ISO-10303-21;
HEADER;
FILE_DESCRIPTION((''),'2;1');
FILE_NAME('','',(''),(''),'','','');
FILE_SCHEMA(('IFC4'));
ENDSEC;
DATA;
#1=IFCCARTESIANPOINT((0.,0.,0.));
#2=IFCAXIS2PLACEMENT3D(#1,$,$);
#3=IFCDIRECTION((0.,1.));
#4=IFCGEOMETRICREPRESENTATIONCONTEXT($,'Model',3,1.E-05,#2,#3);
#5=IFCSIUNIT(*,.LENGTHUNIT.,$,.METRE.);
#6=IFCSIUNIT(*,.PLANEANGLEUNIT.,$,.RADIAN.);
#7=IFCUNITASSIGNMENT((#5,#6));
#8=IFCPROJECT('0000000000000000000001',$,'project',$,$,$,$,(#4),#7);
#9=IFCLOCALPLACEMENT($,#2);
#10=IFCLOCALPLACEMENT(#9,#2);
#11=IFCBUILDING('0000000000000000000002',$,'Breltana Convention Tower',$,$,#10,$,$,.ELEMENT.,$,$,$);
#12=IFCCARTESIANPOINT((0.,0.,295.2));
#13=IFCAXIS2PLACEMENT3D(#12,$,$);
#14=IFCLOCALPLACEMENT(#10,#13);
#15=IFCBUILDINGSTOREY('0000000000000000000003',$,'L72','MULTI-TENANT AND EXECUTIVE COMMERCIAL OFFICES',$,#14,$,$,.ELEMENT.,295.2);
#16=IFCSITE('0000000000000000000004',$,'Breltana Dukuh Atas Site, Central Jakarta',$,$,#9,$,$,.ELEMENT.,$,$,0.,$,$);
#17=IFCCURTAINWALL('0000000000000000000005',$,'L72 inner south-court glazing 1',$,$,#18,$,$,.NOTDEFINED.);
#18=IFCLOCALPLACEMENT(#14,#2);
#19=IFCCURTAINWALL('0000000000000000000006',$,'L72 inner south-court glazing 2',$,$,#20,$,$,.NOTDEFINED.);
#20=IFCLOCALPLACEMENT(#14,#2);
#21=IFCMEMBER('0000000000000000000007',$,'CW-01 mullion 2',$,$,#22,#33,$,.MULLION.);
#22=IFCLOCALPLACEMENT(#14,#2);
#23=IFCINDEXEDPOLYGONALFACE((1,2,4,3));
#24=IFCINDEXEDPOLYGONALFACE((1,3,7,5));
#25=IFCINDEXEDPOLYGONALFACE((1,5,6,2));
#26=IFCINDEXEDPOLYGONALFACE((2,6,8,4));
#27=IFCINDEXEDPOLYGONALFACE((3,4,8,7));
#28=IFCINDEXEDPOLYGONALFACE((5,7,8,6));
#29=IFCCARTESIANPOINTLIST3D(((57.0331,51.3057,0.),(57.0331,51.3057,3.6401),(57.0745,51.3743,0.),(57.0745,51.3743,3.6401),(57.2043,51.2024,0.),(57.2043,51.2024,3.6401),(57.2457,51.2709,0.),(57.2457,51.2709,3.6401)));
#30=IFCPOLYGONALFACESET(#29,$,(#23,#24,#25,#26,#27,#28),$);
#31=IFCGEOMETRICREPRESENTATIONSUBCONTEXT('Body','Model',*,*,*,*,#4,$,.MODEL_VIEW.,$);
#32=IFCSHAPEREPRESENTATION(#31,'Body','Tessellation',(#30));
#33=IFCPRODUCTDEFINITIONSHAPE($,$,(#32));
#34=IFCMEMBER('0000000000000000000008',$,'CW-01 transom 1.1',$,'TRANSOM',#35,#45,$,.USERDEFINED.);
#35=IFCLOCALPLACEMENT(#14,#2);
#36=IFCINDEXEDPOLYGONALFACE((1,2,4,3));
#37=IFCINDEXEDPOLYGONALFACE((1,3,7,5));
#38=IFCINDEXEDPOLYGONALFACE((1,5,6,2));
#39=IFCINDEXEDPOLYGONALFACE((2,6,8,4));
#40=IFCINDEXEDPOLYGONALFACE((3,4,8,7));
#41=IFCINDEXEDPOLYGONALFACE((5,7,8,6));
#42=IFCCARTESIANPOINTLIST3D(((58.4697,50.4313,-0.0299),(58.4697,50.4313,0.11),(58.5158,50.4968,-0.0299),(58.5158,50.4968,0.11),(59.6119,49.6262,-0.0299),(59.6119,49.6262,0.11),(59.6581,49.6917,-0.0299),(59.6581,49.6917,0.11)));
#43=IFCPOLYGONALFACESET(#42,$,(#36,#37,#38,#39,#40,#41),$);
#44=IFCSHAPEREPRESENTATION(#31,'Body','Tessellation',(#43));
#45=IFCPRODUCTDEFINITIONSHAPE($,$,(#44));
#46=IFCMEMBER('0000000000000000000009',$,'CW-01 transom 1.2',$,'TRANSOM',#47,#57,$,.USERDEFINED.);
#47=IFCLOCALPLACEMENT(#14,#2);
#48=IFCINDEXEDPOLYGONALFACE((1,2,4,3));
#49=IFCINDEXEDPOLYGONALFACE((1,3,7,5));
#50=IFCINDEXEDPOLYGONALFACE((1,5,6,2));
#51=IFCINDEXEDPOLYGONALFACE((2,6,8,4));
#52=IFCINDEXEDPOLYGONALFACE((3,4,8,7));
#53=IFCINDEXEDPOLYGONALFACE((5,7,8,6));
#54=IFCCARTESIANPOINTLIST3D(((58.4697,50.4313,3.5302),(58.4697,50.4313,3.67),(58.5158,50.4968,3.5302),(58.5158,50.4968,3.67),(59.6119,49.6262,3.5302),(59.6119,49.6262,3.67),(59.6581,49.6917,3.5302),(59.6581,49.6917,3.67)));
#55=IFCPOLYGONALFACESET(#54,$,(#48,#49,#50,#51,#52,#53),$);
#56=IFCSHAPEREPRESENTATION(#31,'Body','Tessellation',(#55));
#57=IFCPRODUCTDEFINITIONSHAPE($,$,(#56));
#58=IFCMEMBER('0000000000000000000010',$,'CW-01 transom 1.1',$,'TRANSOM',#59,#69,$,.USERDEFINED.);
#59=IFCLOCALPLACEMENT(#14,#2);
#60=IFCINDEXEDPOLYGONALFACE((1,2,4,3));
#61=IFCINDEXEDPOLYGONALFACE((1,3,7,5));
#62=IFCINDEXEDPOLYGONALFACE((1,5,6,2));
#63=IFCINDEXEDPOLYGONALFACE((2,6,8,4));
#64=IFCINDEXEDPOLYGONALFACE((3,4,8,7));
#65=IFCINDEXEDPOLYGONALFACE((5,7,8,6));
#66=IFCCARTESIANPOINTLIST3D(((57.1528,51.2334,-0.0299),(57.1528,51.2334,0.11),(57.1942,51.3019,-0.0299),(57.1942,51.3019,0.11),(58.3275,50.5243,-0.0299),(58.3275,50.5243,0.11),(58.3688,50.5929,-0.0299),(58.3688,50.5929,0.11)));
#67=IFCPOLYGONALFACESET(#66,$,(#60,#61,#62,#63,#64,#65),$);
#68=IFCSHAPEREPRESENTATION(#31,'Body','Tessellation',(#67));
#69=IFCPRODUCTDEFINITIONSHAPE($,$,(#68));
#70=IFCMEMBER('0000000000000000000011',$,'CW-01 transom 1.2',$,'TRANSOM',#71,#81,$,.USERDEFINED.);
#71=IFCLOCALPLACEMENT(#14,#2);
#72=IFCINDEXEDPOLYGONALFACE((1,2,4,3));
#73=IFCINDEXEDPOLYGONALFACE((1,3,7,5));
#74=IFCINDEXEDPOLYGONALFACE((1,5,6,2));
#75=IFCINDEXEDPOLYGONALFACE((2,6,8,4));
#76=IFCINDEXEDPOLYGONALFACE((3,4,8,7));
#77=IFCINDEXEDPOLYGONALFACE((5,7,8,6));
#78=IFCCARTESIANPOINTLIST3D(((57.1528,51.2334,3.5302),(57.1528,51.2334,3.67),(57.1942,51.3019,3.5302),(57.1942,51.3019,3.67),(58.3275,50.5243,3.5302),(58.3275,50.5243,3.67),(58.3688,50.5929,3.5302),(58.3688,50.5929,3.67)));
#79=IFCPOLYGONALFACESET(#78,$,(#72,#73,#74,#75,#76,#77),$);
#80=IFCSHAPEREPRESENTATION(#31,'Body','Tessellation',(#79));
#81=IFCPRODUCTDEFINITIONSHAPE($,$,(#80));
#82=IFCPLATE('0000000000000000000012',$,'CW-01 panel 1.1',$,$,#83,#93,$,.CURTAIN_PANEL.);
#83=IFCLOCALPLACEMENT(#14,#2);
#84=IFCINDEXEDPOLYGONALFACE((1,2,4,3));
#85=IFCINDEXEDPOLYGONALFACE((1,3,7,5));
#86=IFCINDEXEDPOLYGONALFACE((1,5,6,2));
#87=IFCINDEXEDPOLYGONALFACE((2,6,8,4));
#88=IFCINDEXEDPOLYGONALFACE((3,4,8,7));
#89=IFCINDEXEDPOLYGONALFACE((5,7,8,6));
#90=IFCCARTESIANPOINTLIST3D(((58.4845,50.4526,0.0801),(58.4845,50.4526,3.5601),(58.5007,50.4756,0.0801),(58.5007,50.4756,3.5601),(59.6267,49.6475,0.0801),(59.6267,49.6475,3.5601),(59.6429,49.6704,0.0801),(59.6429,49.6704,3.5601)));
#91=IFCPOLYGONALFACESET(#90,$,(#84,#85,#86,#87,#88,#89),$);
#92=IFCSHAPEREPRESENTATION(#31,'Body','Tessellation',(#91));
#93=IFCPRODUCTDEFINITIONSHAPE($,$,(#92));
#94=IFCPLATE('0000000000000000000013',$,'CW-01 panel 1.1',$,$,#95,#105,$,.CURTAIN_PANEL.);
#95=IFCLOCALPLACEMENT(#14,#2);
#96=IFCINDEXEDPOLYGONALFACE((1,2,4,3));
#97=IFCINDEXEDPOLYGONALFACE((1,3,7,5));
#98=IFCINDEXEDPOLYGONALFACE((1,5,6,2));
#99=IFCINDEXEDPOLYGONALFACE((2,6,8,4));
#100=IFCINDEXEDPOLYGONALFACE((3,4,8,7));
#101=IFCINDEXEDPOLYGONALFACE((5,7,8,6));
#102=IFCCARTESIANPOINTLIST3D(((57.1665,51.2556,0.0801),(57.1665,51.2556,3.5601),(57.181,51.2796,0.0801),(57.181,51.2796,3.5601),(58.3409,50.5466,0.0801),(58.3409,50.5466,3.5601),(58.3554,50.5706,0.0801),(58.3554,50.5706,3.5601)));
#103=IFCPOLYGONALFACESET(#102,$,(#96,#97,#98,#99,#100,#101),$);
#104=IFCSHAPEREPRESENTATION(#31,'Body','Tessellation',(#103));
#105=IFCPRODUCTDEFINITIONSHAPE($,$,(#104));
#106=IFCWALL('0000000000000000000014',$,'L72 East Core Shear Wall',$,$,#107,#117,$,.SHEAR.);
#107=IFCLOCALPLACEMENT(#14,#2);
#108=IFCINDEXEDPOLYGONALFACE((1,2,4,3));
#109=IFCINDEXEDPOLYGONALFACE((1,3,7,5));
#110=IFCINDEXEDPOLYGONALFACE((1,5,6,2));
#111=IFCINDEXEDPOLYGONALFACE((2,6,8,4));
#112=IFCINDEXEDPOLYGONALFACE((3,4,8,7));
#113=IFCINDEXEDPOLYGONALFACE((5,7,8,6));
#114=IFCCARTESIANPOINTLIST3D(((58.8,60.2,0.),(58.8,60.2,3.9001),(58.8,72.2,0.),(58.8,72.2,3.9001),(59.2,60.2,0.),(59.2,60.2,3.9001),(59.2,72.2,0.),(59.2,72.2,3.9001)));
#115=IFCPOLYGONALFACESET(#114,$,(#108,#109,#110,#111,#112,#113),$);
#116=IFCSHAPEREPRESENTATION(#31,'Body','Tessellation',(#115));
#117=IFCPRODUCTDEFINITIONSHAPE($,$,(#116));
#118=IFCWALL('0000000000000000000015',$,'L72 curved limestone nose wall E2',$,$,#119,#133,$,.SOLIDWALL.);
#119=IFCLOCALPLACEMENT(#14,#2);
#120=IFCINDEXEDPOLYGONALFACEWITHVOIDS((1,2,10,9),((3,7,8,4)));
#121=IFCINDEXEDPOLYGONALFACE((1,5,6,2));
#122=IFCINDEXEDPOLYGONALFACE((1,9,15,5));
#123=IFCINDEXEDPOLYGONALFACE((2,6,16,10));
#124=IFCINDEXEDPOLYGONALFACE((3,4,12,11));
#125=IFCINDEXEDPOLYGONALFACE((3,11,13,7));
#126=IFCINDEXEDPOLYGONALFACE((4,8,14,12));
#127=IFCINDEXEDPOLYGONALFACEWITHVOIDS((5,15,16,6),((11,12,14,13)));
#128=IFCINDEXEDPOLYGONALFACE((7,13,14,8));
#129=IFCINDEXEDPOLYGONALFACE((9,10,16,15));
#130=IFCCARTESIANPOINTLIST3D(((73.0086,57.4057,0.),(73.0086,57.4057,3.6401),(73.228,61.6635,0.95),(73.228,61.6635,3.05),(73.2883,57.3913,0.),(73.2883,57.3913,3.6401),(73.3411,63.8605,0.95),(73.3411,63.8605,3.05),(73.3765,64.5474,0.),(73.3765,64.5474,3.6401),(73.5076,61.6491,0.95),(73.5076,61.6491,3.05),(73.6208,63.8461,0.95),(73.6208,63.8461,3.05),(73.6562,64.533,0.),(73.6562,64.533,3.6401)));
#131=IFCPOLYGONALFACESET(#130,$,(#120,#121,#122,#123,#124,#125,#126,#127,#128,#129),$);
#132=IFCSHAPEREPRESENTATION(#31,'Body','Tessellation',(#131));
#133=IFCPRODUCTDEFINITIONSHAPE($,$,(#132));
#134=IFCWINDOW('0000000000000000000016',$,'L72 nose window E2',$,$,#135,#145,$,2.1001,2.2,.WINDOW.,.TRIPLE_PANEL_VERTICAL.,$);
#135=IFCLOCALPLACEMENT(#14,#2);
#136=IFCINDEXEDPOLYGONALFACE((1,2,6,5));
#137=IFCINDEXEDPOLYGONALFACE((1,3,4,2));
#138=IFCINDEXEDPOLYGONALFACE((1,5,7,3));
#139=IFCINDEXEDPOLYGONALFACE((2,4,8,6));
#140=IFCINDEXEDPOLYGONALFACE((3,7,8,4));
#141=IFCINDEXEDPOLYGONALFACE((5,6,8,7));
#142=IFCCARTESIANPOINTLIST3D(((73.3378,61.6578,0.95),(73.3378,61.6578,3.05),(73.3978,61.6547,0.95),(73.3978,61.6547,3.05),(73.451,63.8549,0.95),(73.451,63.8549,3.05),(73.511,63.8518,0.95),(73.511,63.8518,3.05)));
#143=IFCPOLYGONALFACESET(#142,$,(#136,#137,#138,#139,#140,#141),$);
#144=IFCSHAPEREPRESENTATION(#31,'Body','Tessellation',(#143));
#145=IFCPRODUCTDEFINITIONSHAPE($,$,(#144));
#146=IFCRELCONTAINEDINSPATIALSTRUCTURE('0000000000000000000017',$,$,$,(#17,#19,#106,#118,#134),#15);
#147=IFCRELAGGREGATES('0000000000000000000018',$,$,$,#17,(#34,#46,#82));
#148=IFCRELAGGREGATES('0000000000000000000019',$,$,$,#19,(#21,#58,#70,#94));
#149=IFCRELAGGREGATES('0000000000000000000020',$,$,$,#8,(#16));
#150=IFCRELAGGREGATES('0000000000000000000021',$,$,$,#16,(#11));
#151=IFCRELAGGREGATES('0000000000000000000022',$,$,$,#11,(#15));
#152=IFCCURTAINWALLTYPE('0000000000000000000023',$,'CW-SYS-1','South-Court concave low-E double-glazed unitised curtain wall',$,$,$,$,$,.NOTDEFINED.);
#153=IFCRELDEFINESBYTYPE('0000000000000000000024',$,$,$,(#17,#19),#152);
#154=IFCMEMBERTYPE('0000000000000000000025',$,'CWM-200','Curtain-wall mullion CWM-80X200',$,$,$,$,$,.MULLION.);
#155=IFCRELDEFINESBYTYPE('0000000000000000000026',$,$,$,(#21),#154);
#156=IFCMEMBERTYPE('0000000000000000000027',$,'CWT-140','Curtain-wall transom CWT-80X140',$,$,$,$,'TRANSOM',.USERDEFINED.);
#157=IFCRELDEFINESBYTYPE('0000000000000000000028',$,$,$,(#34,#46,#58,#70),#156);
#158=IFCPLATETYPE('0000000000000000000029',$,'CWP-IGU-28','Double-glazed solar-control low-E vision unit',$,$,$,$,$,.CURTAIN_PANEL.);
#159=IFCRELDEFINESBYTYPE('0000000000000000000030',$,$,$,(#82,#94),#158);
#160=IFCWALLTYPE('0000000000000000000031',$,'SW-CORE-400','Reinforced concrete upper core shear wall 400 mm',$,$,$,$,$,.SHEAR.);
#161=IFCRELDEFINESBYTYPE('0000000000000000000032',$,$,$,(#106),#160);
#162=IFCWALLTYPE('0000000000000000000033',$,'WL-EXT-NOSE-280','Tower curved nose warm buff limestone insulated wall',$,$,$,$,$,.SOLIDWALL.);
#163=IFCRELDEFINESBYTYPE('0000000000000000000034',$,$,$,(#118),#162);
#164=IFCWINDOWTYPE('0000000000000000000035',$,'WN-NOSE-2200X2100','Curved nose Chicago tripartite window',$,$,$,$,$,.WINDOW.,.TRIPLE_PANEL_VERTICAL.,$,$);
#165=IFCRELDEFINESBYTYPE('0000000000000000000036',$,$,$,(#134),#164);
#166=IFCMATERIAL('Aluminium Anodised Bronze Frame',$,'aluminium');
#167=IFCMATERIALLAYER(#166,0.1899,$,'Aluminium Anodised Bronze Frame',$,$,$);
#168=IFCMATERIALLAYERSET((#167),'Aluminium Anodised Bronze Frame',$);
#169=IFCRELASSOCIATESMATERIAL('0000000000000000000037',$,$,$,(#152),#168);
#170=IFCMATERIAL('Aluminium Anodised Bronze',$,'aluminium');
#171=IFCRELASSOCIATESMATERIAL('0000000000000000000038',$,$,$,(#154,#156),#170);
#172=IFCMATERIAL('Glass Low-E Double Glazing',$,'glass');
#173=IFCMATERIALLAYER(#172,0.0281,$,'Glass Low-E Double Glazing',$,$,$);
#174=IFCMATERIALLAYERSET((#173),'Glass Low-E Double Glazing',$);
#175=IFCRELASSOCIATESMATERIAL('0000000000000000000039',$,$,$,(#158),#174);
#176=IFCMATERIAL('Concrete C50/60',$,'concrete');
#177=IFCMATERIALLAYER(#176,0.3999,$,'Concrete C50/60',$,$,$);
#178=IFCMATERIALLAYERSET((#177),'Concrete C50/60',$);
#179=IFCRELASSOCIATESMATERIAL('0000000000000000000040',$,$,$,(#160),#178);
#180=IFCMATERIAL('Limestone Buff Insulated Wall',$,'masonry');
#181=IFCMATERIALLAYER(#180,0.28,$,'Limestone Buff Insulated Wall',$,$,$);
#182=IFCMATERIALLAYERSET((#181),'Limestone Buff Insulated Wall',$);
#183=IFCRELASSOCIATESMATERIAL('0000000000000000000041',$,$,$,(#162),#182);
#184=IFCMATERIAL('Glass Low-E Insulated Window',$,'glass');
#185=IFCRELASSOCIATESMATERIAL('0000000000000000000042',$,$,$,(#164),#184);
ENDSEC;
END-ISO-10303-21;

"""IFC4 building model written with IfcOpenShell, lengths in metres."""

from ifc_helpers import new_model, si_unit, direction, frame, frame_2d, origin, origin_2d, place, context, subcontext, project, spatial, rectangle, extrude, source, transform, mapped, material, layer, layer_set, material_profile, profile_set, type_object, type_shapes, element, fill, aggregate, save


model = new_model("IFC4")

# Units and contexts
model_context = context("Model", 3, precision=1e-05, world=origin(), true_north=direction((0.0, 1.0)))
body_context = subcontext(model_context, "Body", "Model", "MODEL_VIEW")
ifc_project = project(units=[si_unit("LENGTHUNIT", "METRE"), si_unit("PLANEANGLEUNIT", "RADIAN")], contexts=[model_context])

# Site, building, storey
site_placement = place(None, origin())
site = spatial("IfcSite", under=ifc_project, at=site_placement, Name="Breltana Dukuh Atas Site, Central Jakarta", CompositionType="ELEMENT", RefElevation=0.0)
building_placement = place(site_placement, origin())
building = spatial("IfcBuilding", under=site, at=building_placement, Name="Breltana Convention Tower", CompositionType="ELEMENT")
storey_placement = place(building_placement, frame((0.0, 0.0, 295.2)))
storey = spatial("IfcBuildingStorey", under=building, at=storey_placement, Name="L72", Description="MULTI-TENANT AND EXECUTIVE COMMERCIAL OFFICES", CompositionType="ELEMENT", Elevation=295.2)

# Curtain walls, member
ifc_material_1 = material(Name="Aluminium Anodised Bronze Frame", Category="aluminium")
ifc_layer_1 = layer(ifc_material_1, 0.1899, Name="Aluminium Anodised Bronze Frame")
ifc_layer_set_1 = layer_set([ifc_layer_1], Name="Aluminium Anodised Bronze Frame")
curtain_wall_type = type_object("IfcCurtainWallType", Name="CW-SYS-1", Description="South-Court concave low-E double-glazed unitised curtain wall", PredefinedType="NOTDEFINED", material=ifc_layer_set_1)
curtain_wall_1_placement = place(storey_placement, origin())
curtain_wall_1 = element("IfcCurtainWall", 1, at=curtain_wall_1_placement, inside=storey, type_object=curtain_wall_type, Name="L72 inner south-court glazing 1", PredefinedType="NOTDEFINED")
ifc_material_2 = material(Name="Aluminium Anodised Bronze", Category="aluminium")
ifc_material_profile_1 = material_profile(ifc_material_2, rectangle(XDim=0.0801, YDim=0.2, at=origin_2d()), Name="CWM-80X200")
ifc_profile_set_1 = profile_set([ifc_material_profile_1], Name="Aluminium Anodised Bronze")
member_type_1 = type_object("IfcMemberType", Name="CWM-200", Description="Curtain-wall mullion CWM-80X200", PredefinedType="MULLION", material=ifc_profile_set_1)
shared_shape_1 = source(origin(), body_context, "Body", "SweptSolid", [
    extrude(rectangle(XDim=0.0801, YDim=0.2, at=origin_2d()), origin(), (0.0, 0.0, 1.0), 3.6401),
])
curtain_wall_2_placement = place(storey_placement, origin())
curtain_wall_2 = element("IfcCurtainWall", 2, at=curtain_wall_2_placement, inside=storey, type_object=curtain_wall_type, Name="L72 inner south-court glazing 2", PredefinedType="NOTDEFINED")
member_1_placement = place(storey_placement, frame((57.1394, 51.2883, 0.0), z_axis=(0.0, 0.0, 1.0), x_axis=(-0.516827, -0.85609, 0.0)))
member_1 = element("IfcMember", 3, at=member_1_placement, type_object=member_type_1, Name="CW-01 mullion 2", PredefinedType="MULLION", context=body_context, shape_type="MappedRepresentation", body=[
    mapped(shared_shape_1, transform((0.0, 0.0, 0.0), scale=1.0)),
])

# Members
ifc_material_profile_2 = material_profile(ifc_material_2, rectangle(XDim=0.0801, YDim=0.1399, at=origin_2d()), Name="CWT-80X140")
ifc_profile_set_2 = profile_set([ifc_material_profile_2], Name="Aluminium Anodised Bronze")
member_type_2 = type_object("IfcMemberType", Name="CWT-140", Description="Curtain-wall transom CWT-80X140", ElementType="TRANSOM", PredefinedType="USERDEFINED", material=ifc_profile_set_2)
shared_shape_2 = source(origin(), body_context, "Body", "SweptSolid", [
    extrude(rectangle(XDim=0.0801, YDim=0.1399, at=origin_2d()), origin(), (0.0, 0.0, 1.0), 1.3975),
])
member_2_placement = place(storey_placement, frame((59.635, 49.6589, 0.04), z_axis=(-0.817365, 0.576121, 0.0), x_axis=(-0.576121, -0.817365, 0.0)))
member_2 = element("IfcMember", 4, at=member_2_placement, type_object=member_type_2, Name="CW-01 transom 1.1", ObjectType="TRANSOM", PredefinedType="USERDEFINED", context=body_context, shape_type="MappedRepresentation", body=[
    mapped(shared_shape_2, transform((0.0, 0.0, 0.0), scale=1.0)),
])
member_3_placement = place(storey_placement, frame((59.635, 49.6589, 3.6001), z_axis=(-0.817365, 0.576121, 0.0), x_axis=(-0.576121, -0.817365, 0.0)))
member_3 = element("IfcMember", 5, at=member_3_placement, type_object=member_type_2, Name="CW-01 transom 1.2", ObjectType="TRANSOM", PredefinedType="USERDEFINED", context=body_context, shape_type="MappedRepresentation", body=[
    mapped(shared_shape_2, transform((0.0, 0.0, 0.0), scale=1.0)),
])
shared_shape_3 = source(origin(), body_context, "Body", "SweptSolid", [
    extrude(rectangle(XDim=0.0801, YDim=0.1399, at=origin_2d()), origin(), (0.0, 0.0, 1.0), 1.3721),
])
member_4_placement = place(storey_placement, frame((58.3481, 50.5586, 0.04), z_axis=(-0.856124, 0.516771, 0.0), x_axis=(-0.516771, -0.856124, 0.0)))
member_4 = element("IfcMember", 6, at=member_4_placement, type_object=member_type_2, Name="CW-01 transom 1.1", ObjectType="TRANSOM", PredefinedType="USERDEFINED", context=body_context, shape_type="MappedRepresentation", body=[
    mapped(shared_shape_3, transform((0.0, 0.0, 0.0), scale=1.0)),
])
member_5_placement = place(storey_placement, frame((58.3481, 50.5586, 3.6001), z_axis=(-0.856124, 0.516771, 0.0), x_axis=(-0.516771, -0.856124, 0.0)))
member_5 = element("IfcMember", 7, at=member_5_placement, type_object=member_type_2, Name="CW-01 transom 1.2", ObjectType="TRANSOM", PredefinedType="USERDEFINED", context=body_context, shape_type="MappedRepresentation", body=[
    mapped(shared_shape_3, transform((0.0, 0.0, 0.0), scale=1.0)),
])

# Plates
ifc_material_3 = material(Name="Glass Low-E Double Glazing", Category="glass")
ifc_layer_2 = layer(ifc_material_3, 0.0281, Name="Glass Low-E Double Glazing")
ifc_layer_set_2 = layer_set([ifc_layer_2], Name="Glass Low-E Double Glazing")
plate_type = type_object("IfcPlateType", Name="CWP-IGU-28", Description="Double-glazed solar-control low-E vision unit", PredefinedType="CURTAIN_PANEL", material=ifc_layer_set_2)
shared_shape_4 = source(origin(), body_context, "Body", "SweptSolid", [
    extrude(rectangle(XDim=1.3975, YDim=0.0281, at=origin_2d()), origin(), (0.0, 0.0, 1.0), 3.48),
])
plate_1_placement = place(storey_placement, frame((59.0637, 50.0615, 0.0801), z_axis=(0.0, 0.0, 1.0), x_axis=(-0.817327, 0.576174, 0.0)))
plate_1 = element("IfcPlate", 8, at=plate_1_placement, type_object=plate_type, Name="CW-01 panel 1.1", PredefinedType="CURTAIN_PANEL", context=body_context, shape_type="MappedRepresentation", body=[
    mapped(shared_shape_4, transform((0.0, 0.0, 0.0), scale=1.0)),
])
aggregate(curtain_wall_1, [member_2, member_3, plate_1])
shared_shape_5 = source(origin(), body_context, "Body", "SweptSolid", [
    extrude(rectangle(XDim=1.3718, YDim=0.0281, at=origin_2d()), origin(), (0.0, 0.0, 1.0), 3.48),
])
plate_2_placement = place(storey_placement, frame((57.761, 50.9131, 0.0801), z_axis=(0.0, 0.0, 1.0), x_axis=(-0.85609, 0.516827, 0.0)))
plate_2 = element("IfcPlate", 9, at=plate_2_placement, type_object=plate_type, Name="CW-01 panel 1.1", PredefinedType="CURTAIN_PANEL", context=body_context, shape_type="MappedRepresentation", body=[
    mapped(shared_shape_5, transform((0.0, 0.0, 0.0), scale=1.0)),
])
aggregate(curtain_wall_2, [member_1, member_4, member_5, plate_2])

# Wall
ifc_material_4 = material(Name="Concrete C50/60", Category="concrete")
ifc_layer_3 = layer(ifc_material_4, 0.3999, Name="Concrete C50/60")
ifc_layer_set_3 = layer_set([ifc_layer_3], Name="Concrete C50/60")
wall_type_1 = type_object("IfcWallType", Name="SW-CORE-400", Description="Reinforced concrete upper core shear wall 400 mm", PredefinedType="SHEAR", material=ifc_layer_set_3)
shared_shape_6 = source(origin(), body_context, "Body", "SweptSolid", [
    extrude(rectangle(XDim=12.0, YDim=0.3999, at=frame_2d((6.0, 0.0))), origin(), (0.0, 0.0, 1.0), 3.9001),
])
wall_1_placement = place(storey_placement, frame((59.0, 60.2, 0.0), z_axis=(0.0, 0.0, 1.0), x_axis=(0.0, 1.0, 0.0)))
element("IfcWall", 10, at=wall_1_placement, inside=storey, type_object=wall_type_1, Name="L72 East Core Shear Wall", PredefinedType="SHEAR", context=body_context, shape_type="MappedRepresentation", body=[
    mapped(shared_shape_6, transform((0.0, 0.0, 0.0), scale=1.0)),
])

# Wall, opening, window
ifc_material_5 = material(Name="Limestone Buff Insulated Wall", Category="masonry")
ifc_layer_4 = layer(ifc_material_5, 0.28, Name="Limestone Buff Insulated Wall")
ifc_layer_set_4 = layer_set([ifc_layer_4], Name="Limestone Buff Insulated Wall")
wall_type_2 = type_object("IfcWallType", Name="WL-EXT-NOSE-280", Description="Tower curved nose warm buff limestone insulated wall", PredefinedType="SOLIDWALL", material=ifc_layer_set_4)
shared_shape_7 = source(origin(), body_context, "Body", "SweptSolid", [
    extrude(rectangle(XDim=7.1511, YDim=0.28, at=frame_2d((3.5757, 0.0))), origin(), (0.0, 0.0, 1.0), 3.6401),
])
wall_2_placement = place(storey_placement, frame((73.5164, 64.5403, 0.0), z_axis=(0.0, 0.0, 1.0), x_axis=(-0.05145, -0.998676, 0.0)))
wall_2 = element("IfcWall", 11, at=wall_2_placement, inside=storey, type_object=wall_type_2, Name="L72 curved limestone nose wall E2", PredefinedType="SOLIDWALL", context=body_context, shape_type="MappedRepresentation", body=[
    mapped(shared_shape_7, transform((0.0, 0.0, 0.0), scale=1.0)),
])
opening_1_placement = place(wall_2_placement, frame((0.6877, 0.0, 0.95)))
opening_1 = element("IfcOpeningElement", 12, at=opening_1_placement, cuts=wall_2, PredefinedType="OPENING", context=body_context, shape_type="SweptSolid", body=[
    extrude(rectangle(XDim=2.2, YDim=2.1001, at=frame_2d((1.1001, 1.05))), frame((0.0, 0.1499, 0.0), z_axis=(0.0, -1.0, 0.0), x_axis=(1.0, 0.0, 0.0)), (0.0, 0.0, 1.0), 0.3),
])
ifc_material_6 = material(Name="Glass Low-E Insulated Window", Category="glass")
window_type = type_object("IfcWindowType", Name="WN-NOSE-2200X2100", Description="Curved nose Chicago tripartite window", PartitioningType="TRIPLE_PANEL_VERTICAL", PredefinedType="WINDOW", material=ifc_material_6)
shared_shape_8 = source(origin(), body_context, "Body", "SweptSolid", [
    extrude(rectangle(XDim=2.2, YDim=2.1001, at=frame_2d((1.1001, 1.05))), frame((0.0, 0.03, 0.0), z_axis=(0.0, -1.0, 0.0), x_axis=(1.0, 0.0, 0.0)), (0.0, 0.0, 1.0), 0.0601),
])
type_shapes(window_type, [shared_shape_8])
window_1_placement = place(opening_1_placement, origin())
window_1 = element("IfcWindow", 13, at=window_1_placement, inside=storey, type_object=window_type, Name="L72 nose window E2", OverallHeight=2.1001, OverallWidth=2.2, PartitioningType="TRIPLE_PANEL_VERTICAL", PredefinedType="WINDOW", context=body_context, shape_type="MappedRepresentation", body=[
    mapped(shared_shape_8, transform((0.0, 0.0, 0.0), scale=1.0)),
])
fill(opening_1, window_1)

save(model, "model.ifc")
